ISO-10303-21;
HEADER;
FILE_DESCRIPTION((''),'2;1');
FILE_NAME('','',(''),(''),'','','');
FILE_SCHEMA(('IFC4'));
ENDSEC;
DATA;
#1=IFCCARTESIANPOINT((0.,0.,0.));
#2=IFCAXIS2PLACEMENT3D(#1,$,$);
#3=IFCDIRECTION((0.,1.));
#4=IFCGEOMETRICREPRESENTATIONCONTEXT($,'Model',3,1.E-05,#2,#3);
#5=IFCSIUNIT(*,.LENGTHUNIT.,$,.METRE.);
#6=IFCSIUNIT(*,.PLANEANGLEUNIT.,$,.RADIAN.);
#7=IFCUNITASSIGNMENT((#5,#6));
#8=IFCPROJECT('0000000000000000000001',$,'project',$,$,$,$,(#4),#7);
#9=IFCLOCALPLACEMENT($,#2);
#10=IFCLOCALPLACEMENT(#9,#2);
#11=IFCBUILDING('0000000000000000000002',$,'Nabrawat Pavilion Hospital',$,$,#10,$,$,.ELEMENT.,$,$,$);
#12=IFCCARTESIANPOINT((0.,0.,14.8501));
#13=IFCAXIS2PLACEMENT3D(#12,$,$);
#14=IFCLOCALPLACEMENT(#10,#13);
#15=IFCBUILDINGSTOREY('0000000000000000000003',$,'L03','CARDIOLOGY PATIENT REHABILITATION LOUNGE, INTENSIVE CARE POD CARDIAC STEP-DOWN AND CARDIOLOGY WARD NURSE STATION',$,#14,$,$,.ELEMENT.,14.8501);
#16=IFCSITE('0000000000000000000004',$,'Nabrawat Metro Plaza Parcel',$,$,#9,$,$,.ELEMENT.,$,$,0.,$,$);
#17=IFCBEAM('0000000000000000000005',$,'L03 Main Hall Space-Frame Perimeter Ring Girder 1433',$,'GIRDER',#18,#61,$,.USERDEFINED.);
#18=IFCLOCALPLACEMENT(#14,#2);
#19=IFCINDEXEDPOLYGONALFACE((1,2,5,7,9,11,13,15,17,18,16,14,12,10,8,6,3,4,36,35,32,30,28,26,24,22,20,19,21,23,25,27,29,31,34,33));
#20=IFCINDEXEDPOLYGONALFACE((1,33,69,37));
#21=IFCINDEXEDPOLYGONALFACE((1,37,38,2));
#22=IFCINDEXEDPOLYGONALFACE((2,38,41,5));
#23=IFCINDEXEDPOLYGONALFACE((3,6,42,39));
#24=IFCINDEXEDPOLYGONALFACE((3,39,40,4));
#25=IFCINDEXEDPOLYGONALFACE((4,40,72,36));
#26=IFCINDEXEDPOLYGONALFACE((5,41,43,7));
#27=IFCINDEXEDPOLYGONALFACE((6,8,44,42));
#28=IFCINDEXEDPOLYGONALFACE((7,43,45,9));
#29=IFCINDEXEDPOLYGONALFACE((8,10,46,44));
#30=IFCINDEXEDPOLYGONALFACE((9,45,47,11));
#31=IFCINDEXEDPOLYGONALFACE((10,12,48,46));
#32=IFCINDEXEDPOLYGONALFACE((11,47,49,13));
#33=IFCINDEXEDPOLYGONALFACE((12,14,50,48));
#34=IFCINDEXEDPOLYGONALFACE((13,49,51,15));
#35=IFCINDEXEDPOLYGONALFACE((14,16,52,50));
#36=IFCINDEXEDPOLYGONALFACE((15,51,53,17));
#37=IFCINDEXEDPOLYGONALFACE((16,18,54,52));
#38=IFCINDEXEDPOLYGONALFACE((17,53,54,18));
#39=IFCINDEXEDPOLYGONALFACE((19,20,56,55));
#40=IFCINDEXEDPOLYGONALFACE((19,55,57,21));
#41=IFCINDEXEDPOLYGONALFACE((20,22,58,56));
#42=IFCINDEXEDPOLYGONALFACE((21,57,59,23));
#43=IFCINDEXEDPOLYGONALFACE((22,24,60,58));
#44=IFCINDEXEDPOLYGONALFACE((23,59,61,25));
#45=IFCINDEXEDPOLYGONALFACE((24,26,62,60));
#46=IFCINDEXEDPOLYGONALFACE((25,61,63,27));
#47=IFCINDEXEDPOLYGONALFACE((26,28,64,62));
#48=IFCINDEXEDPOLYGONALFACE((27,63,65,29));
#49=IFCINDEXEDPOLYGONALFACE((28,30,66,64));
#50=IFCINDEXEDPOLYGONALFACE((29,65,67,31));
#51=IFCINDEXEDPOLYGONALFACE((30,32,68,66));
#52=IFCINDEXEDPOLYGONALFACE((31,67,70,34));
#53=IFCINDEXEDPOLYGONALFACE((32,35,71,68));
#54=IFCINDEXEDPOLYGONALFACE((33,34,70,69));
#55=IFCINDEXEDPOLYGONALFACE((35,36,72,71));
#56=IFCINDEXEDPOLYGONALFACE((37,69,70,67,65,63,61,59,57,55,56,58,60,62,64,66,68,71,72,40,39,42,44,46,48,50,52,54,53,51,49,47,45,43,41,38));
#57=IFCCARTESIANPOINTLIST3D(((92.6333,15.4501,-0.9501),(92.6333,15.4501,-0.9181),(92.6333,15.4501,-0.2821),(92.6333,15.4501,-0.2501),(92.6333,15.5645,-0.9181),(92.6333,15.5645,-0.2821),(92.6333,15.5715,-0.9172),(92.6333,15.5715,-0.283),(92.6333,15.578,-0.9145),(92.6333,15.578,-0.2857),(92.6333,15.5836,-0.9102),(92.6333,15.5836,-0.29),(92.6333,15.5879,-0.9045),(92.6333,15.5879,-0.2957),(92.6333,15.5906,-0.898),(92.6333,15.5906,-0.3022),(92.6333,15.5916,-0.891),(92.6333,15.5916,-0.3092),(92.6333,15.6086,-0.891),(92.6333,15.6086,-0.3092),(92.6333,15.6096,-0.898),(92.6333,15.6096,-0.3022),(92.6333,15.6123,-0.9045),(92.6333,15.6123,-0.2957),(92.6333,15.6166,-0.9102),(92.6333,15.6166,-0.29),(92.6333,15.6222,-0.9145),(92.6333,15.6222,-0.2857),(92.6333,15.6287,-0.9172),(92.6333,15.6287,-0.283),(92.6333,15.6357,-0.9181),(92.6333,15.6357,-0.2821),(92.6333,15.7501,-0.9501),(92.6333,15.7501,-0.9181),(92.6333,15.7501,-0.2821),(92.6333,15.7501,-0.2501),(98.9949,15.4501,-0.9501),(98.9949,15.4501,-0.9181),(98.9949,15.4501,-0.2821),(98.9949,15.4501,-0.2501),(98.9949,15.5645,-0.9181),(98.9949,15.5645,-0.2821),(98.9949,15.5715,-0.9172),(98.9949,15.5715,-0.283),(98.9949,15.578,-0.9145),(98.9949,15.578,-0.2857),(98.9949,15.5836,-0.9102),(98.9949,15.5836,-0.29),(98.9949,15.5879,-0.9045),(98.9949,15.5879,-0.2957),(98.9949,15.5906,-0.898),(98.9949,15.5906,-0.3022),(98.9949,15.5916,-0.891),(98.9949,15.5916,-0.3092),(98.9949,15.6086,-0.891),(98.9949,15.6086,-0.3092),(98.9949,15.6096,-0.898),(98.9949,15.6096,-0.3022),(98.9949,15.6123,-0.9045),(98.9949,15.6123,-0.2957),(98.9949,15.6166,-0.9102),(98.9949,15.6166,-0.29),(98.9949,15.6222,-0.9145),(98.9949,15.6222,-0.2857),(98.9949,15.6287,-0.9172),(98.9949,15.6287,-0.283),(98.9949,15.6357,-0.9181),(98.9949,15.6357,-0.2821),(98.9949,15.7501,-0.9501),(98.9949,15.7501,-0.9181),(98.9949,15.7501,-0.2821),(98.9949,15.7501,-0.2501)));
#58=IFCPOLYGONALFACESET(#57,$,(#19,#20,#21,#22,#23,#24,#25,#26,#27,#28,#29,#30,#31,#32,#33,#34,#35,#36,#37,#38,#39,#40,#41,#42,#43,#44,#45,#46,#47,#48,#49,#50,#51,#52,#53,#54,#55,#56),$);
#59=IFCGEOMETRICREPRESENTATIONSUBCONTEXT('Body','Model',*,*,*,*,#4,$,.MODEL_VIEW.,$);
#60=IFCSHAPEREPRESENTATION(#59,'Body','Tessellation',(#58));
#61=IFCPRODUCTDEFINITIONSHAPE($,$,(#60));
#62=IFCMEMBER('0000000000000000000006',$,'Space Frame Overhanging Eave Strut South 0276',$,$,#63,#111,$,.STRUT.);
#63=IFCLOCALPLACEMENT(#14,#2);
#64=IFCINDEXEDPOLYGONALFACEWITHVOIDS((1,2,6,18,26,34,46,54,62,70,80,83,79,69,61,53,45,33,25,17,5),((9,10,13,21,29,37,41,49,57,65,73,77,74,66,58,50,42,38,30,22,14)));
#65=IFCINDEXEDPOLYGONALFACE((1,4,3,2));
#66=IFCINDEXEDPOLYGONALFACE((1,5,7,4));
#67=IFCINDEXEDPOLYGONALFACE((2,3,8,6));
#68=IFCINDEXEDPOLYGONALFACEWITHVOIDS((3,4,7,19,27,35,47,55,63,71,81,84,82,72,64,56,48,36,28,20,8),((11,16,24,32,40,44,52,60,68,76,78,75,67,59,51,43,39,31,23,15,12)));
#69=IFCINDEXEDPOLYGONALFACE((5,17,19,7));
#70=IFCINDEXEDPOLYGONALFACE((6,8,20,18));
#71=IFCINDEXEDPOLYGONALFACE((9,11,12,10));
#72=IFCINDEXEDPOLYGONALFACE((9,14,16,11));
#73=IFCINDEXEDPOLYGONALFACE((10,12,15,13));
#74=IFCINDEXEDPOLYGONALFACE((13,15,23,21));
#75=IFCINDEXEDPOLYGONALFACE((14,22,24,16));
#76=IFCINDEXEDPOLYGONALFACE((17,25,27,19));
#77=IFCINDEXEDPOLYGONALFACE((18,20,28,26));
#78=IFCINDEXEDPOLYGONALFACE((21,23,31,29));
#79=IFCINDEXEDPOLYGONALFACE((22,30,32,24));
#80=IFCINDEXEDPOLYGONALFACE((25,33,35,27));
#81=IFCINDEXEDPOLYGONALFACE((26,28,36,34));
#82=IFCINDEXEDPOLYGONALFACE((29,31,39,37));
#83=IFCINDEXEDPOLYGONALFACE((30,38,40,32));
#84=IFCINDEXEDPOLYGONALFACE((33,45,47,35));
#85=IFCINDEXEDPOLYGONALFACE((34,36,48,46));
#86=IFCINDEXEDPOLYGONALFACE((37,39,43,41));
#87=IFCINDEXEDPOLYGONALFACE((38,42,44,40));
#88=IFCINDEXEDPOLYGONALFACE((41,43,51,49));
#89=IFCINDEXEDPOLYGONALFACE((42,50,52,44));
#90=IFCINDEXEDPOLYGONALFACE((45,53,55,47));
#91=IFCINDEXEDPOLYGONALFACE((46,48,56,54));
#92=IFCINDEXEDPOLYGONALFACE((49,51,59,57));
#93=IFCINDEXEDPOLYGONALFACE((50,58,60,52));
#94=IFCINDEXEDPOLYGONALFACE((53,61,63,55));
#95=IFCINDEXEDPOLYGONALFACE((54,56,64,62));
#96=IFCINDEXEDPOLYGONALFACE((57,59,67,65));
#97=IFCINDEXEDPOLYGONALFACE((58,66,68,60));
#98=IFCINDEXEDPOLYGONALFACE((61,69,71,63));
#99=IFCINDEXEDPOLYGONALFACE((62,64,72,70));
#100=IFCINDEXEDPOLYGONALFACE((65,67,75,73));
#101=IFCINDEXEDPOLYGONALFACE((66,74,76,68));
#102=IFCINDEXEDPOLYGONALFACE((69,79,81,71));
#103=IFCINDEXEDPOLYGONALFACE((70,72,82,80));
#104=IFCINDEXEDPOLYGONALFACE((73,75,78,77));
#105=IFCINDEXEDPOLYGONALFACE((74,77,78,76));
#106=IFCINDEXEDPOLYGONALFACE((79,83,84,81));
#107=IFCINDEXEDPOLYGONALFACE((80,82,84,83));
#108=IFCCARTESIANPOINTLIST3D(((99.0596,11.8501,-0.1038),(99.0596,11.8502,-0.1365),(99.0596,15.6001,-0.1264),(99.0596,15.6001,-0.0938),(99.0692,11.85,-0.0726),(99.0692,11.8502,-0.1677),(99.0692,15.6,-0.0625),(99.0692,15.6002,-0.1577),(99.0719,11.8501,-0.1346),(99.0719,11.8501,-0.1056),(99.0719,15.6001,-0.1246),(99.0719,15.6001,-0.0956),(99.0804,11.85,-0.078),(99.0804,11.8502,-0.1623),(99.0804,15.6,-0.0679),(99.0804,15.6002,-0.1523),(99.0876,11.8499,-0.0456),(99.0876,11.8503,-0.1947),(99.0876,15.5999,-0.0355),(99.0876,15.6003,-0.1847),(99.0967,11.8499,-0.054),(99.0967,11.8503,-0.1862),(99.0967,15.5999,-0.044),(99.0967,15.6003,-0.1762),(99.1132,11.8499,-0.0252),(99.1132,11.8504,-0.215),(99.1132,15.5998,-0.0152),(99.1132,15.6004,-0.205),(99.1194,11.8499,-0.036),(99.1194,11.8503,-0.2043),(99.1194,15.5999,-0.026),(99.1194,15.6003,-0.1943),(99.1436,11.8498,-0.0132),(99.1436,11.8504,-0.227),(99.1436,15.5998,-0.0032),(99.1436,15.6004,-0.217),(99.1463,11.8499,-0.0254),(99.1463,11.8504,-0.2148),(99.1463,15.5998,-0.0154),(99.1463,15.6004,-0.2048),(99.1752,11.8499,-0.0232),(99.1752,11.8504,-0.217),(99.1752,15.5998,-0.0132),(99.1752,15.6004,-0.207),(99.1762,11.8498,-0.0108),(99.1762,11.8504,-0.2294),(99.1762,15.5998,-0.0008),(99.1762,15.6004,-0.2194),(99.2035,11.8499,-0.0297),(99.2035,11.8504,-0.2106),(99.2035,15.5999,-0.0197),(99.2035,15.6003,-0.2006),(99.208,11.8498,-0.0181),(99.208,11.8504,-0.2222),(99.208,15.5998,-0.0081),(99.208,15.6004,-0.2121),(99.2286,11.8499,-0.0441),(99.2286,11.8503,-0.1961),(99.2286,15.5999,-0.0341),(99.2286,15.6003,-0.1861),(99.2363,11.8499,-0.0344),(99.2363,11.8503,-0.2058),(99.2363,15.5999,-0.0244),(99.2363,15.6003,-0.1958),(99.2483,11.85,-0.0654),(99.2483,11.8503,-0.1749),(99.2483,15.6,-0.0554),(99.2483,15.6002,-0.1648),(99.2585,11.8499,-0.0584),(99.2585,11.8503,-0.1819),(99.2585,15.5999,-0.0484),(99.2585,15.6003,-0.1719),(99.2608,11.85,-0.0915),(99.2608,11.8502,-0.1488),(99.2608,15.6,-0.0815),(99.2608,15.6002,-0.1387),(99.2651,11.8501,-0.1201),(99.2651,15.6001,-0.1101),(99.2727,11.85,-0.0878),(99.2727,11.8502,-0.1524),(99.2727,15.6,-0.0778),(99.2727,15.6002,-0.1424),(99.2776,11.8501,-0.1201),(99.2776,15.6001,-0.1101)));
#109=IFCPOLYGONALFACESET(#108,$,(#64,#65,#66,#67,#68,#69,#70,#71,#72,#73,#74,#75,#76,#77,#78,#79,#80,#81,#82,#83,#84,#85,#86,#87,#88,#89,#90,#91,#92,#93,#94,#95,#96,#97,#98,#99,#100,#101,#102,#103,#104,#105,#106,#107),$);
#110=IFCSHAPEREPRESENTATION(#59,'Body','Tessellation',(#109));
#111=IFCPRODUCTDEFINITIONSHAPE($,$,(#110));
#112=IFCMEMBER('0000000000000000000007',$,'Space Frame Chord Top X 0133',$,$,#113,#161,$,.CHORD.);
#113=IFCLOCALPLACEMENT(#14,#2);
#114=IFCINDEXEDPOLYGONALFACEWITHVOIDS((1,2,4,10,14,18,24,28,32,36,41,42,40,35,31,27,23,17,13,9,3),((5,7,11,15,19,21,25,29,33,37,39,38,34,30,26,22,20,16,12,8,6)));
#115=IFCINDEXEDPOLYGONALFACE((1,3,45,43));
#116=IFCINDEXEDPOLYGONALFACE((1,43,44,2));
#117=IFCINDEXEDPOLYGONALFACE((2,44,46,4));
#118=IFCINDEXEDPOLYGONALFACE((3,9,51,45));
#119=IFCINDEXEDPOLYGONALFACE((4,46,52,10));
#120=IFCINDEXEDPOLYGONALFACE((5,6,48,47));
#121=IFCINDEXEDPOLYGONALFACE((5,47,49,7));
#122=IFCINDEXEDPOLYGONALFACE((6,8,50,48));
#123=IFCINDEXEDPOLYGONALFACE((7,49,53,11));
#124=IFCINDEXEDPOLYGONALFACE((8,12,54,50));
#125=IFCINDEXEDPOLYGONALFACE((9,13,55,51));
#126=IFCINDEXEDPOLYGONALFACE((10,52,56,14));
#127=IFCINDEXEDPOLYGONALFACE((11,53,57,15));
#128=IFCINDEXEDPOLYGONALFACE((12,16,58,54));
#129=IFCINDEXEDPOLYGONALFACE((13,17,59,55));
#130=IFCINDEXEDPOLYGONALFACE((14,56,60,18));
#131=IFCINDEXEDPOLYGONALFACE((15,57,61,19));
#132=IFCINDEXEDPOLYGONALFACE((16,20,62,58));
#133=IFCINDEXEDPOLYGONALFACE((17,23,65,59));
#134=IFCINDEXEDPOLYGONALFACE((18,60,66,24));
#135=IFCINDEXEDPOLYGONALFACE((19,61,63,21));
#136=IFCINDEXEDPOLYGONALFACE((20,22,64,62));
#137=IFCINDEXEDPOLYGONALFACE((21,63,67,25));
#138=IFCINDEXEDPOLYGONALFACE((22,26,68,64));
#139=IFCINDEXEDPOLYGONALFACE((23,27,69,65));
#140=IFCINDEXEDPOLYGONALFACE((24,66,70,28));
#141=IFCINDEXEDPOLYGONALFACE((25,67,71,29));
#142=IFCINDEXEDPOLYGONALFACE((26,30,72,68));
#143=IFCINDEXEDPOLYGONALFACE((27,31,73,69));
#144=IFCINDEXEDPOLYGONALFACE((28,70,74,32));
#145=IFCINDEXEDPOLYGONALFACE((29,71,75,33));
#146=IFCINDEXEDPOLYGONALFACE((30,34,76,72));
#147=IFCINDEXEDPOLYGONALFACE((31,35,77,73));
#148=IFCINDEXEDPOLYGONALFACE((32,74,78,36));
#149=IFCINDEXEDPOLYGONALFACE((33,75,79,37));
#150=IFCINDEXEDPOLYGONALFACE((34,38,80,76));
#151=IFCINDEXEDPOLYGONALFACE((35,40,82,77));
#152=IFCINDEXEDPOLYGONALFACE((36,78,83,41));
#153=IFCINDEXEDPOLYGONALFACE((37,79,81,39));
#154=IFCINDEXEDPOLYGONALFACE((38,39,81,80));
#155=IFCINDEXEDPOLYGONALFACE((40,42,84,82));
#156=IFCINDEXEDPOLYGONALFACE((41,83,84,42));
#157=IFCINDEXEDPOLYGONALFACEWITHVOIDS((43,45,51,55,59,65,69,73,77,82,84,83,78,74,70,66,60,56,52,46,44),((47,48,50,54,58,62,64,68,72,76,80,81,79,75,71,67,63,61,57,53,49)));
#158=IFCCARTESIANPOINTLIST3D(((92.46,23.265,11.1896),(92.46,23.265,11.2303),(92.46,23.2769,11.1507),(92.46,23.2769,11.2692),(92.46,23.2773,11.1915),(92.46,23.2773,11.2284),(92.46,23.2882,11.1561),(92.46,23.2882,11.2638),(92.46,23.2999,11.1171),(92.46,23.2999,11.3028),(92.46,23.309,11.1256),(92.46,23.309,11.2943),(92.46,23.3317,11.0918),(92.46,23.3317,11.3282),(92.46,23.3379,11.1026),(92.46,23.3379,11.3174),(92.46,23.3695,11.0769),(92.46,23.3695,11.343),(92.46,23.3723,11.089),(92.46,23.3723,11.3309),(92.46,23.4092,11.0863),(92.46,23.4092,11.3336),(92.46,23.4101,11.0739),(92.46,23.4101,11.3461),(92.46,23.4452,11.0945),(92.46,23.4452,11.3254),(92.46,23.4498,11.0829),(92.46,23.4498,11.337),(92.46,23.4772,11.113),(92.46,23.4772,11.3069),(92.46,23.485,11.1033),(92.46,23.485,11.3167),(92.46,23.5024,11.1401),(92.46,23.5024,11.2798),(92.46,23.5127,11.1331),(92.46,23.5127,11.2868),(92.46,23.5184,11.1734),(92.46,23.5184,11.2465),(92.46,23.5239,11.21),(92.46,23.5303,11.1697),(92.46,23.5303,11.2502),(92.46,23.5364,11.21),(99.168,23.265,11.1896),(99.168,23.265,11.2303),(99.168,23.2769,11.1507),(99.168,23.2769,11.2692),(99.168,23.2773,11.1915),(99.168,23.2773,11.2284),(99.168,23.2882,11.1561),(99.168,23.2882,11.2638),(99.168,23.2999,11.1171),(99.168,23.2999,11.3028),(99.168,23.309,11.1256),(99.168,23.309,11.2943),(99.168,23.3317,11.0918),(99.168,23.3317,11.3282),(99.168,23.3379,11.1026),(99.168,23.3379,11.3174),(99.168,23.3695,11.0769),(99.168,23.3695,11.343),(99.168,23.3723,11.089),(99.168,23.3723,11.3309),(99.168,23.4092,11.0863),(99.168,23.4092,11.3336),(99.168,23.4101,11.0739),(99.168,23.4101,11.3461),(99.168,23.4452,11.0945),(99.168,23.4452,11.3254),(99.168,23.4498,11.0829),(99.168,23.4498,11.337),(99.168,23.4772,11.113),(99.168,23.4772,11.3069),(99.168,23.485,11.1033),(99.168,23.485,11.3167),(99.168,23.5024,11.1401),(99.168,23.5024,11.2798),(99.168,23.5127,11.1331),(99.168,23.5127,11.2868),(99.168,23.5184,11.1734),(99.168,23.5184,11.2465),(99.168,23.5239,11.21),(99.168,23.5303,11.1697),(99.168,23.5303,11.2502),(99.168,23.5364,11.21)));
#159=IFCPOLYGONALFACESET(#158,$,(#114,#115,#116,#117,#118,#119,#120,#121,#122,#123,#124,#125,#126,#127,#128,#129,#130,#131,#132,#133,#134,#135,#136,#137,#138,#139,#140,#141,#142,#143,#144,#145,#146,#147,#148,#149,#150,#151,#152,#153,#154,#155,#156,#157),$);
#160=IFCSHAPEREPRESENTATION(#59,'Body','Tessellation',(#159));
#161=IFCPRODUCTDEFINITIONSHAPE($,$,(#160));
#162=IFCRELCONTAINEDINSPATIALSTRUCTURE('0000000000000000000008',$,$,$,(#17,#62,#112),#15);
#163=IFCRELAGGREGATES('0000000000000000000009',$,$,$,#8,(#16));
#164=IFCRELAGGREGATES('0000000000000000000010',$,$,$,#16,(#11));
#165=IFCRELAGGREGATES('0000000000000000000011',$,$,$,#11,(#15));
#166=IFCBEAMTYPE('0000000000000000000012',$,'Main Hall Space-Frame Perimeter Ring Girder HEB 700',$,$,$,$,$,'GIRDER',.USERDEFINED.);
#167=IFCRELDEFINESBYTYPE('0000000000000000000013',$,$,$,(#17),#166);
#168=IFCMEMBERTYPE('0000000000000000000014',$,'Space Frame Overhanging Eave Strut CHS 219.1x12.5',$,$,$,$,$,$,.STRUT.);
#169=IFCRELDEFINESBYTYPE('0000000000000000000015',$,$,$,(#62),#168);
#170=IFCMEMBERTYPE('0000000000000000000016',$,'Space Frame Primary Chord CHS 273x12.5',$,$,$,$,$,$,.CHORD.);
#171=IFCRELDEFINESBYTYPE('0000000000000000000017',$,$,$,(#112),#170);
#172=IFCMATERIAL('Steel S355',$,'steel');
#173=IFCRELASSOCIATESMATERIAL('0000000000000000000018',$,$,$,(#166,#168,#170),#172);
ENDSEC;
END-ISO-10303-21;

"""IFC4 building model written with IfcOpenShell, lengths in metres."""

from ifc_helpers import new_model, si_unit, direction, frame, origin, origin_2d, place, context, subcontext, project, spatial, hollow_circle, i_section, extrude, material, material_profile, profile_set, type_object, element, save


model = new_model("IFC4")

# Units and contexts
model_context = context("Model", 3, precision=1e-05, world=origin(), true_north=direction((0.0, 1.0)))
body_context = subcontext(model_context, "Body", "Model", "MODEL_VIEW")
ifc_project = project(units=[si_unit("LENGTHUNIT", "METRE"), si_unit("PLANEANGLEUNIT", "RADIAN")], contexts=[model_context])

# Site, building, storey
site_placement = place(None, origin())
site = spatial("IfcSite", under=ifc_project, at=site_placement, Name="Nabrawat Metro Plaza Parcel", CompositionType="ELEMENT", RefElevation=0.0)
building_placement = place(site_placement, origin())
building = spatial("IfcBuilding", under=site, at=building_placement, Name="Nabrawat Pavilion Hospital", CompositionType="ELEMENT")
storey_placement = place(building_placement, frame((0.0, 0.0, 14.8501)))
storey = spatial("IfcBuildingStorey", under=building, at=storey_placement, Name="L03", Description="CARDIOLOGY PATIENT REHABILITATION LOUNGE, INTENSIVE CARE POD CARDIAC STEP-DOWN AND CARDIOLOGY WARD NURSE STATION", CompositionType="ELEMENT", Elevation=14.8501)

# Beam
ifc_material = material(Name="Steel S355", Category="steel")
ifc_material_profile_1 = material_profile(ifc_material, i_section(OverallWidth=0.3, OverallDepth=0.7, WebThickness=0.0171, FlangeThickness=0.032, FilletRadius=0.0271, at=origin_2d()), Name="HEB 700")
ifc_profile_set_1 = profile_set([ifc_material_profile_1], Name="Steel S355")
beam_type = type_object("IfcBeamType", Name="Main Hall Space-Frame Perimeter Ring Girder HEB 700", ElementType="GIRDER", PredefinedType="USERDEFINED", material=ifc_profile_set_1)
beam_placement = place(storey_placement, frame((92.6333, 15.6001, -0.6001), z_axis=(1.0, 0.0, 0.0), x_axis=(0.0, 1.0, 0.0)))
element("IfcBeam", 1, at=beam_placement, inside=storey, type_object=beam_type, Name="L03 Main Hall Space-Frame Perimeter Ring Girder 1433", ObjectType="GIRDER", PredefinedType="USERDEFINED", context=body_context, shape_type="SweptSolid", body=[
    extrude(i_section(OverallWidth=0.3, OverallDepth=0.7, WebThickness=0.0171, FlangeThickness=0.032, FilletRadius=0.0271, at=origin_2d()), origin(), (0.0, 0.0, 1.0), 6.3616),
])

# Members
ifc_material_profile_2 = material_profile(ifc_material, hollow_circle(Radius=0.1096, WallThickness=0.0125, at=origin_2d()), Name="CHS 219.1x12.5")
ifc_profile_set_2 = profile_set([ifc_material_profile_2], Name="Steel S355")
member_type_1 = type_object("IfcMemberType", Name="Space Frame Overhanging Eave Strut CHS 219.1x12.5", PredefinedType="STRUT", material=ifc_profile_set_2)
member_1_placement = place(storey_placement, frame((99.168, 15.6001, -0.1101), z_axis=(0.0, -0.999996, -0.002669), x_axis=(1.0, 0.0, 0.0)))
element("IfcMember", 2, at=member_1_placement, inside=storey, type_object=member_type_1, Name="Space Frame Overhanging Eave Strut South 0276", PredefinedType="STRUT", context=body_context, shape_type="SweptSolid", body=[
    extrude(hollow_circle(Radius=0.1096, WallThickness=0.0125, at=origin_2d()), origin(), (0.0, 0.0, 1.0), 3.75),
])
ifc_material_profile_3 = material_profile(ifc_material, hollow_circle(Radius=0.1365, WallThickness=0.0125, at=origin_2d()), Name="CHS 273x12.5")
ifc_profile_set_3 = profile_set([ifc_material_profile_3], Name="Steel S355")
member_type_2 = type_object("IfcMemberType", Name="Space Frame Primary Chord CHS 273x12.5", PredefinedType="CHORD", material=ifc_profile_set_3)
for number, where, z_axis, x_axis, name in (
    (3, (92.46, 23.3999, 11.21), (1.0, 0.0, 0.0), (0.0, 1.0, 0.0), "Space Frame Chord Top X 0133"),
):
    element("IfcMember", number, at=place(storey_placement, frame(where, z_axis=z_axis, x_axis=x_axis)), inside=storey, type_object=member_type_2, Name=name, PredefinedType="CHORD", context=body_context, shape_type="SweptSolid", body=[
        extrude(hollow_circle(Radius=0.1365, WallThickness=0.0125, at=origin_2d()), origin(), (0.0, 0.0, 1.0), 6.708),
    ])

save(model, "model.ifc")
